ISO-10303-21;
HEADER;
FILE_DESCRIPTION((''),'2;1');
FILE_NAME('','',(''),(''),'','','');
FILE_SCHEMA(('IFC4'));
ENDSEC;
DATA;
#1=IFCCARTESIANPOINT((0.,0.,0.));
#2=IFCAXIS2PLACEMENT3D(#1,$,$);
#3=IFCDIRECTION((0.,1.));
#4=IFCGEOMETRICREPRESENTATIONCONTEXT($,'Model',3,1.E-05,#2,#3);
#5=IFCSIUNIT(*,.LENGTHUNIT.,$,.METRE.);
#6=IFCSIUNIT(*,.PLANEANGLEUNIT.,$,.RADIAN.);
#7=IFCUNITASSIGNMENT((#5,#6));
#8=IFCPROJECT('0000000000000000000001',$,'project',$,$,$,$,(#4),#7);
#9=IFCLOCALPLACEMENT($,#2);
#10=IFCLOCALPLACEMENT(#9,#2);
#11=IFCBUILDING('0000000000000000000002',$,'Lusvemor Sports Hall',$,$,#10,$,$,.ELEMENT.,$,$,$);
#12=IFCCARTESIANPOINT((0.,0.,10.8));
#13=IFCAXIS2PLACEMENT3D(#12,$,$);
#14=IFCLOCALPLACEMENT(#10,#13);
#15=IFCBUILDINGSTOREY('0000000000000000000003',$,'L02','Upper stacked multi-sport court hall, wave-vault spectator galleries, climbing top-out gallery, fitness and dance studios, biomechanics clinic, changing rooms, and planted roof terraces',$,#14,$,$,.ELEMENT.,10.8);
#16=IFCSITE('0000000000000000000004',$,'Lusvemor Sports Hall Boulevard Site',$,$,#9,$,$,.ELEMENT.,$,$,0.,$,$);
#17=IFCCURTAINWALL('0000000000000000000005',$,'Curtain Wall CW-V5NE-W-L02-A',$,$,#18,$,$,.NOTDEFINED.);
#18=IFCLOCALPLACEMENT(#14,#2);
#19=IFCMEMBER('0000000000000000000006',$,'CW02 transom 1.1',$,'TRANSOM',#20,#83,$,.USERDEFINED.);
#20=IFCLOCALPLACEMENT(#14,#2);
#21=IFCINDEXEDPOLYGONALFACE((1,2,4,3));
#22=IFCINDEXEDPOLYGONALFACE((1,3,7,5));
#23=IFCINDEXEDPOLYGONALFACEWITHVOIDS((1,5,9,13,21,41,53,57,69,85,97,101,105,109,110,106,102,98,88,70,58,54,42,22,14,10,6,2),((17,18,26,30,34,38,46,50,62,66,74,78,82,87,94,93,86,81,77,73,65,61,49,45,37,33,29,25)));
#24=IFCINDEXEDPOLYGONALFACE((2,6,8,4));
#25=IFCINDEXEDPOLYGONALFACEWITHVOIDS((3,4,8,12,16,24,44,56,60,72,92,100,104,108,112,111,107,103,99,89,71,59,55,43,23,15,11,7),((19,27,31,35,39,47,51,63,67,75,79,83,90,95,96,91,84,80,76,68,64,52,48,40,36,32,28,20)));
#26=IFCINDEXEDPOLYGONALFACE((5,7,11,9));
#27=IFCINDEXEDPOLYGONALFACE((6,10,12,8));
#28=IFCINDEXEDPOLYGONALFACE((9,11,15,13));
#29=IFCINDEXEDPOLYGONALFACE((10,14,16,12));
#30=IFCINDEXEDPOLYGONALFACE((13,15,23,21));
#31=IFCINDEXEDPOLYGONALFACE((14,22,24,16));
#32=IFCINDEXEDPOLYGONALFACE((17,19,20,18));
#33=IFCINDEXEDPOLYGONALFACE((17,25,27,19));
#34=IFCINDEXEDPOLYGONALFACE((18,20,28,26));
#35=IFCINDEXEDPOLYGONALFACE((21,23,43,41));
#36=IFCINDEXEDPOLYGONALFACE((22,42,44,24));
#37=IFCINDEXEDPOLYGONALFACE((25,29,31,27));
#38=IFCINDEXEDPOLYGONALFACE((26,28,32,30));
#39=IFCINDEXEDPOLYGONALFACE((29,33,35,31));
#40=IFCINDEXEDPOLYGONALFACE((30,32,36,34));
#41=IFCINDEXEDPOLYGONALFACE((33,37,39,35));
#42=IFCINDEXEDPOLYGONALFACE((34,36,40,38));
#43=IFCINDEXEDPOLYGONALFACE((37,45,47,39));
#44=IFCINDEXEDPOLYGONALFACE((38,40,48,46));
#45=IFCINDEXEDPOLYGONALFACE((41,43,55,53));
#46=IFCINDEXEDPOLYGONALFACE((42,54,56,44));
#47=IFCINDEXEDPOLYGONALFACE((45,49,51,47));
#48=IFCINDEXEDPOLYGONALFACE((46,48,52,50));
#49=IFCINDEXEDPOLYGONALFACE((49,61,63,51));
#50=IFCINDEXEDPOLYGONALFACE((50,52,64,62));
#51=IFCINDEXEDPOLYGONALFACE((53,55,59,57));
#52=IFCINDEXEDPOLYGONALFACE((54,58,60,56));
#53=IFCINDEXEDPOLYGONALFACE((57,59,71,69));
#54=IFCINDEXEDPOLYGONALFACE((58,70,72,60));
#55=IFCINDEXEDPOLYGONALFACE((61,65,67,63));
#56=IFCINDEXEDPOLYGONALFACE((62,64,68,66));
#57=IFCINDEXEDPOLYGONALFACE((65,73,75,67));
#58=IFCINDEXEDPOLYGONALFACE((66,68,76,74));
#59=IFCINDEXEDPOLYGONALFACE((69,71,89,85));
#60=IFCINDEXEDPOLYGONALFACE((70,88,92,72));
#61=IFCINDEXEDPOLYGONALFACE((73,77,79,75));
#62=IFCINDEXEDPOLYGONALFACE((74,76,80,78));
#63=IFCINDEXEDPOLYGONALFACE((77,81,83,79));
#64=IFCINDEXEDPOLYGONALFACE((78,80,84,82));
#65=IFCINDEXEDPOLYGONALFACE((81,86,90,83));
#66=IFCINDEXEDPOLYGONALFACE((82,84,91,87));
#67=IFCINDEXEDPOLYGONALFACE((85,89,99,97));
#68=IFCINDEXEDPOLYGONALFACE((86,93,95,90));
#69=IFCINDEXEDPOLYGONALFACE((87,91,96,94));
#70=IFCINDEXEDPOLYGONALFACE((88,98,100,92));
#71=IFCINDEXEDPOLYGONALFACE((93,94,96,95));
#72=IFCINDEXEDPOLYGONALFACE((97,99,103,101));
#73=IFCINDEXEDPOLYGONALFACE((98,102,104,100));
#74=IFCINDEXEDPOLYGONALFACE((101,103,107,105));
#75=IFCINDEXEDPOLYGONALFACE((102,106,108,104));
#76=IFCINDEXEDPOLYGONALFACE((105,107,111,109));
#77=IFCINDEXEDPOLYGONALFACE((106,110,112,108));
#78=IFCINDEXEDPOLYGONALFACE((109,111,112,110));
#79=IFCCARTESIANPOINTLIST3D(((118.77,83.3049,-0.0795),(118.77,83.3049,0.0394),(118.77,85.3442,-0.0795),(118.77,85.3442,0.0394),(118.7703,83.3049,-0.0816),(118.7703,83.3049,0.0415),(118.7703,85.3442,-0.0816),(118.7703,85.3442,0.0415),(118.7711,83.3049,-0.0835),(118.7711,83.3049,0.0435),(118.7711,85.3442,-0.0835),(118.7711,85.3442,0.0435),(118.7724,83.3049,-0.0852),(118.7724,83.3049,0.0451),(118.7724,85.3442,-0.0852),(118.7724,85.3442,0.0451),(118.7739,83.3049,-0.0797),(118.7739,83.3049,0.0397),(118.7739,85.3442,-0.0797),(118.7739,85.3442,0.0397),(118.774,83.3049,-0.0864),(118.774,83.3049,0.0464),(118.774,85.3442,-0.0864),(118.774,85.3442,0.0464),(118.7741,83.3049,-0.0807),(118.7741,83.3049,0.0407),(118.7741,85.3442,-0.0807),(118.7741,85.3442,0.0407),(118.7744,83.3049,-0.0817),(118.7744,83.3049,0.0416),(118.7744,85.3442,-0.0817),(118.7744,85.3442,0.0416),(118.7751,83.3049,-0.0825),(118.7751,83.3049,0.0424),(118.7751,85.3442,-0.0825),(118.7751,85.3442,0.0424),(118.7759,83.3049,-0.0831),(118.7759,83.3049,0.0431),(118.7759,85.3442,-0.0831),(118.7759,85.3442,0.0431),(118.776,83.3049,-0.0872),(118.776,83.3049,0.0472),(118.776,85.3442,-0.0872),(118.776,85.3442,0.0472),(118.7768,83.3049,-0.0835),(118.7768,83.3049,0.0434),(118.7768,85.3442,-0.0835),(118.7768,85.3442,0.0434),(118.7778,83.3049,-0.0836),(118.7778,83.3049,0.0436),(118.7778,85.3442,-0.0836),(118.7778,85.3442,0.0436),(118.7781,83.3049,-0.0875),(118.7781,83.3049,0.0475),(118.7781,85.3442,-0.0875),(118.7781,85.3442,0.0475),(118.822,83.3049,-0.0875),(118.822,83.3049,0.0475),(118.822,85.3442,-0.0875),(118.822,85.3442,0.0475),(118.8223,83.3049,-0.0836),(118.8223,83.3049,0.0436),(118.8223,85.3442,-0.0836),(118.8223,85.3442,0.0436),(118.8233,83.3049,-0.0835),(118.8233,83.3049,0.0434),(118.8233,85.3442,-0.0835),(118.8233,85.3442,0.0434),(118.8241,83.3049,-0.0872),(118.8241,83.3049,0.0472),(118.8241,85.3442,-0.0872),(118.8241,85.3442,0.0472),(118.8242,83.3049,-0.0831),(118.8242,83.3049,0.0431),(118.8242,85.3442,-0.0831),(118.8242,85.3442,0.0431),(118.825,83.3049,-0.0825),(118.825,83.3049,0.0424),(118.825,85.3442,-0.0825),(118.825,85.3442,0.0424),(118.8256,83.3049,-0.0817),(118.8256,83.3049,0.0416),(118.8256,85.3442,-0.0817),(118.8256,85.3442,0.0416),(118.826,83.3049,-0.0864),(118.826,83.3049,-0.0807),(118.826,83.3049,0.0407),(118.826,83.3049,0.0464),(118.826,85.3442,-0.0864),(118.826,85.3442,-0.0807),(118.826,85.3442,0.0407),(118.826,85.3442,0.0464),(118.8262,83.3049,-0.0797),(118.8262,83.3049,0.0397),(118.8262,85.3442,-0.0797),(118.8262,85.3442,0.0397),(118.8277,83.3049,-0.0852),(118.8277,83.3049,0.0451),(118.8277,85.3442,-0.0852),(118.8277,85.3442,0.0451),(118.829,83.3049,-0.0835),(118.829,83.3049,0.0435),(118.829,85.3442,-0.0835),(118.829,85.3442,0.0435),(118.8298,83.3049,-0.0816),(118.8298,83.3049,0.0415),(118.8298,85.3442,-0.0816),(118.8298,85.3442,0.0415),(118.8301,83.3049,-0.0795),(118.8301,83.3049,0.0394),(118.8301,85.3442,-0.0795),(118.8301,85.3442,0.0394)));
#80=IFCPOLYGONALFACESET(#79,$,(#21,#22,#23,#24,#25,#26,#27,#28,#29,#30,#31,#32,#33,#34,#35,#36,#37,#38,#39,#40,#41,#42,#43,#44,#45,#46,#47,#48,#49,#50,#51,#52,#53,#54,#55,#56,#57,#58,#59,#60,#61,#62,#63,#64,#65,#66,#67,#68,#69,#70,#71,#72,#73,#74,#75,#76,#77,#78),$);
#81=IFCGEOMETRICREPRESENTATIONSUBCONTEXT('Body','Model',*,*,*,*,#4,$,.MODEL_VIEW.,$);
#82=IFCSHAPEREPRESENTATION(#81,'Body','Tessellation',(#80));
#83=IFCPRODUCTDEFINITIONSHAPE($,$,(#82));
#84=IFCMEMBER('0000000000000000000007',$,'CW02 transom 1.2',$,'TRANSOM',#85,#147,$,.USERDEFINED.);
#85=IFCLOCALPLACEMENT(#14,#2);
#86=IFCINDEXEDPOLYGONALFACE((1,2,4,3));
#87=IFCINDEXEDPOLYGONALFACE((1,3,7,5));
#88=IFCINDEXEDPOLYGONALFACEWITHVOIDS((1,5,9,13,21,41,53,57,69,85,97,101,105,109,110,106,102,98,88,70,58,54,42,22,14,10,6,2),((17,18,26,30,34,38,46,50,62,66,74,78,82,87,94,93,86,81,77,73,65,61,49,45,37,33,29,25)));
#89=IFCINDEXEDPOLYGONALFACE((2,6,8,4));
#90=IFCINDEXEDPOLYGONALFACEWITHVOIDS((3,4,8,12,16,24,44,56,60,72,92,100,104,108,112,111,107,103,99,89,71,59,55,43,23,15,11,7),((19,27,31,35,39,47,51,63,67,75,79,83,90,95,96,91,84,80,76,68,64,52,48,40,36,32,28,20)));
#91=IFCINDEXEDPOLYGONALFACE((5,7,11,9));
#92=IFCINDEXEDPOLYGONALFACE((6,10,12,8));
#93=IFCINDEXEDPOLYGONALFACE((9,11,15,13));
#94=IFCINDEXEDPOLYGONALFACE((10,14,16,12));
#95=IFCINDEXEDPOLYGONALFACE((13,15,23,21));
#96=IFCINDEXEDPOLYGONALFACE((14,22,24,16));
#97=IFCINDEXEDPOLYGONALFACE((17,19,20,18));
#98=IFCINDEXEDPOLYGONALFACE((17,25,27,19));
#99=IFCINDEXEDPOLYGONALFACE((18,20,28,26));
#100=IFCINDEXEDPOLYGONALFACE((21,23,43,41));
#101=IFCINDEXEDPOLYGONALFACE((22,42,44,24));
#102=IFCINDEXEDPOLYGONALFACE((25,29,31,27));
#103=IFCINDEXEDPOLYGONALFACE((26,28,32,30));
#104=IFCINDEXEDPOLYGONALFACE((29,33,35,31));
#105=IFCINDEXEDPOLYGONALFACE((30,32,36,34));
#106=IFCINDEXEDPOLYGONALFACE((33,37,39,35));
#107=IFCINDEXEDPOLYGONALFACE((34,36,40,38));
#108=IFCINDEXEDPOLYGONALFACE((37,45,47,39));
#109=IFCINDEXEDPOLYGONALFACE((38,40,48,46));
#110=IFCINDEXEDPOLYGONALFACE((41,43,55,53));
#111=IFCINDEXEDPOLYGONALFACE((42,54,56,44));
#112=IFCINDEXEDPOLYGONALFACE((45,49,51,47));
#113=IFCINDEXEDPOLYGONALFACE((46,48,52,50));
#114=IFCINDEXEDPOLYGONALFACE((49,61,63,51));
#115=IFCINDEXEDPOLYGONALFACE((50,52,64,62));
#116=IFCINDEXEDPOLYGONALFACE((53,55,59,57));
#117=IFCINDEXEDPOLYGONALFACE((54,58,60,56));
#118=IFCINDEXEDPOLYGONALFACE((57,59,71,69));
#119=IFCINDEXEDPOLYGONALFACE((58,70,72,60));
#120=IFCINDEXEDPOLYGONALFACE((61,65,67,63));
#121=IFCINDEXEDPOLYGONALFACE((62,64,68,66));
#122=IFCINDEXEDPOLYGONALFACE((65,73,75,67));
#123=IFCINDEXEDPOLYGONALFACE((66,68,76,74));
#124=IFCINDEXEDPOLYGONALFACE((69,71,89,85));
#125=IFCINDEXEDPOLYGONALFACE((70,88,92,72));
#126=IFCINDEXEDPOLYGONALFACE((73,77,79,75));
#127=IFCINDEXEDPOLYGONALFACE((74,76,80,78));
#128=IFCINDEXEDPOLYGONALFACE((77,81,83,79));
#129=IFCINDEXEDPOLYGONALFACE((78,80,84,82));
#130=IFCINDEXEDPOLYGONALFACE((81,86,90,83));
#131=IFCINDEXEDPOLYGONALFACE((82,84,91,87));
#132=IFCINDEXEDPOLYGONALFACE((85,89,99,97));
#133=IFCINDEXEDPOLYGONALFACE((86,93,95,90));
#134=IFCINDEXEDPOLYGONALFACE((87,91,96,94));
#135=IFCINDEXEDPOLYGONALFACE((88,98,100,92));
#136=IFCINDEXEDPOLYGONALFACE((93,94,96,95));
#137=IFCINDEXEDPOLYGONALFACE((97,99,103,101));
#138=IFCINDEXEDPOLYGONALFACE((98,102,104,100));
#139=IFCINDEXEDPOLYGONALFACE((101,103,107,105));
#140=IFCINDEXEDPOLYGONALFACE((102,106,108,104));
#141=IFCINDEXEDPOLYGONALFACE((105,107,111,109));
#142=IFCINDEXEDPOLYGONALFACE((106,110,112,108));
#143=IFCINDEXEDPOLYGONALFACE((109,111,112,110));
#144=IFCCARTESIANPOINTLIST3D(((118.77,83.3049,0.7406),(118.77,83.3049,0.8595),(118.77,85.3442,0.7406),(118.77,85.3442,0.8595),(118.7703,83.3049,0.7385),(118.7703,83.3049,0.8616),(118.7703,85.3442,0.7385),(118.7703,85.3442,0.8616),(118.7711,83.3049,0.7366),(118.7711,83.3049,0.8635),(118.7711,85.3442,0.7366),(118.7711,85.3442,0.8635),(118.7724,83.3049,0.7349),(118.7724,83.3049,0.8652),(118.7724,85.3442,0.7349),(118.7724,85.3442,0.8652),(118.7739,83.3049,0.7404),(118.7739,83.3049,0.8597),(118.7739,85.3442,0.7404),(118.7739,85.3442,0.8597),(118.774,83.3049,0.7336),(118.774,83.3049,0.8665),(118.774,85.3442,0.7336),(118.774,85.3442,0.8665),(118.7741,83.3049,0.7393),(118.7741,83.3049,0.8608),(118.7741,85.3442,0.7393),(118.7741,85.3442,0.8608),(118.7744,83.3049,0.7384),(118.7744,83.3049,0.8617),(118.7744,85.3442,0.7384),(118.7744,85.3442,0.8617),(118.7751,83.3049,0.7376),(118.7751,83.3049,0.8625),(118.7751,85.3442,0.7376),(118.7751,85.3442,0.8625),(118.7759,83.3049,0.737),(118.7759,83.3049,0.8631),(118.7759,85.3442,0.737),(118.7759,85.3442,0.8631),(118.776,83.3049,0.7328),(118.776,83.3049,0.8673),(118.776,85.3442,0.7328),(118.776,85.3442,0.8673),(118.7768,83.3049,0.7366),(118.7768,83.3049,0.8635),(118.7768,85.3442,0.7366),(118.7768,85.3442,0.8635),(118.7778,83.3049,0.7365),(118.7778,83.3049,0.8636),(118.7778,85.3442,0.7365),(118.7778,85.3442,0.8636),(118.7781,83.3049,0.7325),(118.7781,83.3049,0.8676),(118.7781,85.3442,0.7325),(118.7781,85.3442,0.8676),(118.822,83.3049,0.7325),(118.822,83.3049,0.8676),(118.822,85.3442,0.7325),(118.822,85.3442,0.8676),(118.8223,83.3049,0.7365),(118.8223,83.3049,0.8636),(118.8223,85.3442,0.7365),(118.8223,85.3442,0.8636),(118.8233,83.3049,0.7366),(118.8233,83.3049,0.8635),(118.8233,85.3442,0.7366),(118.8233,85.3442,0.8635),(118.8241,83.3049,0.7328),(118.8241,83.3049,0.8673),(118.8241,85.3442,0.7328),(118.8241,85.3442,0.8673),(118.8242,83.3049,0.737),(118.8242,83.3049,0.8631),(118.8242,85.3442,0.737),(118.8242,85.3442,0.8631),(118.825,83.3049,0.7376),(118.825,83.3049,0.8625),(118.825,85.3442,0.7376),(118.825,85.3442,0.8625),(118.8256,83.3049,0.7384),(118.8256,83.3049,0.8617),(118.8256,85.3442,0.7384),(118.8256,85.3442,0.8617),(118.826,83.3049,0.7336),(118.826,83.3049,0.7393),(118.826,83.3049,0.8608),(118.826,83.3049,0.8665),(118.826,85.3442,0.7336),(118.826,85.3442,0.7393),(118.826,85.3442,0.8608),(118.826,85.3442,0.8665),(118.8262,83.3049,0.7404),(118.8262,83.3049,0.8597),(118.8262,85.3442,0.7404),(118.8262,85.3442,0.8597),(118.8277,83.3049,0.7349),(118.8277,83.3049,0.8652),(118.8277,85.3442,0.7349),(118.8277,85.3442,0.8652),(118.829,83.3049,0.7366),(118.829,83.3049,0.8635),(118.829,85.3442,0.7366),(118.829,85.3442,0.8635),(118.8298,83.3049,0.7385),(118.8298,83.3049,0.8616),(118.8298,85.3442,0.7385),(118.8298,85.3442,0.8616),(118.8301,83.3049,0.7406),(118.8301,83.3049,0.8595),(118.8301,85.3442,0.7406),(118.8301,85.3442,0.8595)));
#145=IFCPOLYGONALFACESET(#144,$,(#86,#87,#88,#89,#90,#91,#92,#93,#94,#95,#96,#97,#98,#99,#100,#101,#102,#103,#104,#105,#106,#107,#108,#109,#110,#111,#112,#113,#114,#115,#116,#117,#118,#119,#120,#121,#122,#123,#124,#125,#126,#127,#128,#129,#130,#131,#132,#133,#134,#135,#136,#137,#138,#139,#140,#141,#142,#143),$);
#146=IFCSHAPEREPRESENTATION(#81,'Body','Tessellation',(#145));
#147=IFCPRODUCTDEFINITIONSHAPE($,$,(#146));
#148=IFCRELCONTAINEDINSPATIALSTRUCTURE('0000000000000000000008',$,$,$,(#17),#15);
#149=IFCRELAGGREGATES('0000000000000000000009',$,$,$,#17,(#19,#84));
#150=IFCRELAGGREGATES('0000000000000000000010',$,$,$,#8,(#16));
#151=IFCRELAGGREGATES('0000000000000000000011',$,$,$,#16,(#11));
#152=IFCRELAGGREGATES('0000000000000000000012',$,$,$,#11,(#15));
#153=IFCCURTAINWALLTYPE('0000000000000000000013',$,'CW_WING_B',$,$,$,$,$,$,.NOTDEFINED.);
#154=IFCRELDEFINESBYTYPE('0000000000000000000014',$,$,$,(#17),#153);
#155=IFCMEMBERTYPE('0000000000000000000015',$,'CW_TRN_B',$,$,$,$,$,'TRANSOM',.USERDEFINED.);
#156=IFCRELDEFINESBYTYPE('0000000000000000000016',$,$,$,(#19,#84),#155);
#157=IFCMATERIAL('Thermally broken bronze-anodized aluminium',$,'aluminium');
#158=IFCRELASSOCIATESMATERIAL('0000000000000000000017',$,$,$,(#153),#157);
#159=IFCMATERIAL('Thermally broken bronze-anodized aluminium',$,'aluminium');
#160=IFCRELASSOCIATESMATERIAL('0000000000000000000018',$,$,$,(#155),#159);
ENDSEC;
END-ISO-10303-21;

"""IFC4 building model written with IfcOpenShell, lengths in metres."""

from ifc_helpers import new_model, si_unit, direction, frame, origin, origin_2d, place, context, subcontext, project, spatial, hollow_rectangle, extrude, material, material_profile, profile_set, type_object, element, aggregate, save


model = new_model("IFC4")

# Units and contexts
model_context = context("Model", 3, precision=1e-05, world=origin(), true_north=direction((0.0, 1.0)))
body_context = subcontext(model_context, "Body", "Model", "MODEL_VIEW")
ifc_project = project(units=[si_unit("LENGTHUNIT", "METRE"), si_unit("PLANEANGLEUNIT", "RADIAN")], contexts=[model_context])

# Site, building, storey
site_placement = place(None, origin())
site = spatial("IfcSite", under=ifc_project, at=site_placement, Name="Lusvemor Sports Hall Boulevard Site", CompositionType="ELEMENT", RefElevation=0.0)
building_placement = place(site_placement, origin())
building = spatial("IfcBuilding", under=site, at=building_placement, Name="Lusvemor Sports Hall", CompositionType="ELEMENT")
storey_placement = place(building_placement, frame((0.0, 0.0, 10.8)))
storey = spatial("IfcBuildingStorey", under=building, at=storey_placement, Name="L02", Description="Upper stacked multi-sport court hall, wave-vault spectator galleries, climbing top-out gallery, fitness and dance studios, biomechanics clinic, changing rooms, and planted roof terraces", CompositionType="ELEMENT", Elevation=10.8)

# Curtain wall
ifc_material_1 = material(Name="Thermally broken bronze-anodized aluminium", Category="aluminium")
curtain_wall_type = type_object("IfcCurtainWallType", Name="CW_WING_B", PredefinedType="NOTDEFINED", material=ifc_material_1)
curtain_wall_1_placement = place(storey_placement, origin())
curtain_wall_1 = element("IfcCurtainWall", 1, at=curtain_wall_1_placement, inside=storey, type_object=curtain_wall_type, Name="Curtain Wall CW-V5NE-W-L02-A", PredefinedType="NOTDEFINED")

# Members
ifc_material_2 = material(Name="Thermally broken bronze-anodized aluminium", Category="aluminium")
ifc_material_profile_1 = material_profile(ifc_material_2, hollow_rectangle(XDim=0.0601, YDim=0.135, WallThickness=0.0039, InnerFilletRadius=0.0039, OuterFilletRadius=0.0081, at=origin_2d()), Name="CWTRN135x60x4")
ifc_profile_set_1 = profile_set([ifc_material_profile_1], Name="Thermally broken bronze-anodized aluminium")
member_type_1 = type_object("IfcMemberType", Name="CW_TRN_B", ElementType="TRANSOM", PredefinedType="USERDEFINED", material=ifc_profile_set_1)
member_1_placement = place(storey_placement, frame((118.8, 83.3049, -0.02), z_axis=(0.0, 1.0, 0.0), x_axis=(-1.0, 0.0, 0.0)))
member_1 = element("IfcMember", 2, at=member_1_placement, type_object=member_type_1, Name="CW02 transom 1.1", ObjectType="TRANSOM", PredefinedType="USERDEFINED", context=body_context, shape_type="SweptSolid", body=[
    extrude(hollow_rectangle(XDim=0.0601, YDim=0.135, WallThickness=0.0039, InnerFilletRadius=0.0039, OuterFilletRadius=0.0081, at=origin_2d()), origin(), (0.0, 0.0, 1.0), 2.0393),
])
member_2_placement = place(storey_placement, frame((118.8, 83.3049, 0.8), z_axis=(0.0, 1.0, 0.0), x_axis=(-1.0, 0.0, 0.0)))
member_2 = element("IfcMember", 3, at=member_2_placement, type_object=member_type_1, Name="CW02 transom 1.2", ObjectType="TRANSOM", PredefinedType="USERDEFINED", context=body_context, shape_type="SweptSolid", body=[
    extrude(hollow_rectangle(XDim=0.0601, YDim=0.135, WallThickness=0.0039, InnerFilletRadius=0.0039, OuterFilletRadius=0.0081, at=origin_2d()), origin(), (0.0, 0.0, 1.0), 2.0393),
])

aggregate(curtain_wall_1, [member_1, member_2])

save(model, "model.ifc")
